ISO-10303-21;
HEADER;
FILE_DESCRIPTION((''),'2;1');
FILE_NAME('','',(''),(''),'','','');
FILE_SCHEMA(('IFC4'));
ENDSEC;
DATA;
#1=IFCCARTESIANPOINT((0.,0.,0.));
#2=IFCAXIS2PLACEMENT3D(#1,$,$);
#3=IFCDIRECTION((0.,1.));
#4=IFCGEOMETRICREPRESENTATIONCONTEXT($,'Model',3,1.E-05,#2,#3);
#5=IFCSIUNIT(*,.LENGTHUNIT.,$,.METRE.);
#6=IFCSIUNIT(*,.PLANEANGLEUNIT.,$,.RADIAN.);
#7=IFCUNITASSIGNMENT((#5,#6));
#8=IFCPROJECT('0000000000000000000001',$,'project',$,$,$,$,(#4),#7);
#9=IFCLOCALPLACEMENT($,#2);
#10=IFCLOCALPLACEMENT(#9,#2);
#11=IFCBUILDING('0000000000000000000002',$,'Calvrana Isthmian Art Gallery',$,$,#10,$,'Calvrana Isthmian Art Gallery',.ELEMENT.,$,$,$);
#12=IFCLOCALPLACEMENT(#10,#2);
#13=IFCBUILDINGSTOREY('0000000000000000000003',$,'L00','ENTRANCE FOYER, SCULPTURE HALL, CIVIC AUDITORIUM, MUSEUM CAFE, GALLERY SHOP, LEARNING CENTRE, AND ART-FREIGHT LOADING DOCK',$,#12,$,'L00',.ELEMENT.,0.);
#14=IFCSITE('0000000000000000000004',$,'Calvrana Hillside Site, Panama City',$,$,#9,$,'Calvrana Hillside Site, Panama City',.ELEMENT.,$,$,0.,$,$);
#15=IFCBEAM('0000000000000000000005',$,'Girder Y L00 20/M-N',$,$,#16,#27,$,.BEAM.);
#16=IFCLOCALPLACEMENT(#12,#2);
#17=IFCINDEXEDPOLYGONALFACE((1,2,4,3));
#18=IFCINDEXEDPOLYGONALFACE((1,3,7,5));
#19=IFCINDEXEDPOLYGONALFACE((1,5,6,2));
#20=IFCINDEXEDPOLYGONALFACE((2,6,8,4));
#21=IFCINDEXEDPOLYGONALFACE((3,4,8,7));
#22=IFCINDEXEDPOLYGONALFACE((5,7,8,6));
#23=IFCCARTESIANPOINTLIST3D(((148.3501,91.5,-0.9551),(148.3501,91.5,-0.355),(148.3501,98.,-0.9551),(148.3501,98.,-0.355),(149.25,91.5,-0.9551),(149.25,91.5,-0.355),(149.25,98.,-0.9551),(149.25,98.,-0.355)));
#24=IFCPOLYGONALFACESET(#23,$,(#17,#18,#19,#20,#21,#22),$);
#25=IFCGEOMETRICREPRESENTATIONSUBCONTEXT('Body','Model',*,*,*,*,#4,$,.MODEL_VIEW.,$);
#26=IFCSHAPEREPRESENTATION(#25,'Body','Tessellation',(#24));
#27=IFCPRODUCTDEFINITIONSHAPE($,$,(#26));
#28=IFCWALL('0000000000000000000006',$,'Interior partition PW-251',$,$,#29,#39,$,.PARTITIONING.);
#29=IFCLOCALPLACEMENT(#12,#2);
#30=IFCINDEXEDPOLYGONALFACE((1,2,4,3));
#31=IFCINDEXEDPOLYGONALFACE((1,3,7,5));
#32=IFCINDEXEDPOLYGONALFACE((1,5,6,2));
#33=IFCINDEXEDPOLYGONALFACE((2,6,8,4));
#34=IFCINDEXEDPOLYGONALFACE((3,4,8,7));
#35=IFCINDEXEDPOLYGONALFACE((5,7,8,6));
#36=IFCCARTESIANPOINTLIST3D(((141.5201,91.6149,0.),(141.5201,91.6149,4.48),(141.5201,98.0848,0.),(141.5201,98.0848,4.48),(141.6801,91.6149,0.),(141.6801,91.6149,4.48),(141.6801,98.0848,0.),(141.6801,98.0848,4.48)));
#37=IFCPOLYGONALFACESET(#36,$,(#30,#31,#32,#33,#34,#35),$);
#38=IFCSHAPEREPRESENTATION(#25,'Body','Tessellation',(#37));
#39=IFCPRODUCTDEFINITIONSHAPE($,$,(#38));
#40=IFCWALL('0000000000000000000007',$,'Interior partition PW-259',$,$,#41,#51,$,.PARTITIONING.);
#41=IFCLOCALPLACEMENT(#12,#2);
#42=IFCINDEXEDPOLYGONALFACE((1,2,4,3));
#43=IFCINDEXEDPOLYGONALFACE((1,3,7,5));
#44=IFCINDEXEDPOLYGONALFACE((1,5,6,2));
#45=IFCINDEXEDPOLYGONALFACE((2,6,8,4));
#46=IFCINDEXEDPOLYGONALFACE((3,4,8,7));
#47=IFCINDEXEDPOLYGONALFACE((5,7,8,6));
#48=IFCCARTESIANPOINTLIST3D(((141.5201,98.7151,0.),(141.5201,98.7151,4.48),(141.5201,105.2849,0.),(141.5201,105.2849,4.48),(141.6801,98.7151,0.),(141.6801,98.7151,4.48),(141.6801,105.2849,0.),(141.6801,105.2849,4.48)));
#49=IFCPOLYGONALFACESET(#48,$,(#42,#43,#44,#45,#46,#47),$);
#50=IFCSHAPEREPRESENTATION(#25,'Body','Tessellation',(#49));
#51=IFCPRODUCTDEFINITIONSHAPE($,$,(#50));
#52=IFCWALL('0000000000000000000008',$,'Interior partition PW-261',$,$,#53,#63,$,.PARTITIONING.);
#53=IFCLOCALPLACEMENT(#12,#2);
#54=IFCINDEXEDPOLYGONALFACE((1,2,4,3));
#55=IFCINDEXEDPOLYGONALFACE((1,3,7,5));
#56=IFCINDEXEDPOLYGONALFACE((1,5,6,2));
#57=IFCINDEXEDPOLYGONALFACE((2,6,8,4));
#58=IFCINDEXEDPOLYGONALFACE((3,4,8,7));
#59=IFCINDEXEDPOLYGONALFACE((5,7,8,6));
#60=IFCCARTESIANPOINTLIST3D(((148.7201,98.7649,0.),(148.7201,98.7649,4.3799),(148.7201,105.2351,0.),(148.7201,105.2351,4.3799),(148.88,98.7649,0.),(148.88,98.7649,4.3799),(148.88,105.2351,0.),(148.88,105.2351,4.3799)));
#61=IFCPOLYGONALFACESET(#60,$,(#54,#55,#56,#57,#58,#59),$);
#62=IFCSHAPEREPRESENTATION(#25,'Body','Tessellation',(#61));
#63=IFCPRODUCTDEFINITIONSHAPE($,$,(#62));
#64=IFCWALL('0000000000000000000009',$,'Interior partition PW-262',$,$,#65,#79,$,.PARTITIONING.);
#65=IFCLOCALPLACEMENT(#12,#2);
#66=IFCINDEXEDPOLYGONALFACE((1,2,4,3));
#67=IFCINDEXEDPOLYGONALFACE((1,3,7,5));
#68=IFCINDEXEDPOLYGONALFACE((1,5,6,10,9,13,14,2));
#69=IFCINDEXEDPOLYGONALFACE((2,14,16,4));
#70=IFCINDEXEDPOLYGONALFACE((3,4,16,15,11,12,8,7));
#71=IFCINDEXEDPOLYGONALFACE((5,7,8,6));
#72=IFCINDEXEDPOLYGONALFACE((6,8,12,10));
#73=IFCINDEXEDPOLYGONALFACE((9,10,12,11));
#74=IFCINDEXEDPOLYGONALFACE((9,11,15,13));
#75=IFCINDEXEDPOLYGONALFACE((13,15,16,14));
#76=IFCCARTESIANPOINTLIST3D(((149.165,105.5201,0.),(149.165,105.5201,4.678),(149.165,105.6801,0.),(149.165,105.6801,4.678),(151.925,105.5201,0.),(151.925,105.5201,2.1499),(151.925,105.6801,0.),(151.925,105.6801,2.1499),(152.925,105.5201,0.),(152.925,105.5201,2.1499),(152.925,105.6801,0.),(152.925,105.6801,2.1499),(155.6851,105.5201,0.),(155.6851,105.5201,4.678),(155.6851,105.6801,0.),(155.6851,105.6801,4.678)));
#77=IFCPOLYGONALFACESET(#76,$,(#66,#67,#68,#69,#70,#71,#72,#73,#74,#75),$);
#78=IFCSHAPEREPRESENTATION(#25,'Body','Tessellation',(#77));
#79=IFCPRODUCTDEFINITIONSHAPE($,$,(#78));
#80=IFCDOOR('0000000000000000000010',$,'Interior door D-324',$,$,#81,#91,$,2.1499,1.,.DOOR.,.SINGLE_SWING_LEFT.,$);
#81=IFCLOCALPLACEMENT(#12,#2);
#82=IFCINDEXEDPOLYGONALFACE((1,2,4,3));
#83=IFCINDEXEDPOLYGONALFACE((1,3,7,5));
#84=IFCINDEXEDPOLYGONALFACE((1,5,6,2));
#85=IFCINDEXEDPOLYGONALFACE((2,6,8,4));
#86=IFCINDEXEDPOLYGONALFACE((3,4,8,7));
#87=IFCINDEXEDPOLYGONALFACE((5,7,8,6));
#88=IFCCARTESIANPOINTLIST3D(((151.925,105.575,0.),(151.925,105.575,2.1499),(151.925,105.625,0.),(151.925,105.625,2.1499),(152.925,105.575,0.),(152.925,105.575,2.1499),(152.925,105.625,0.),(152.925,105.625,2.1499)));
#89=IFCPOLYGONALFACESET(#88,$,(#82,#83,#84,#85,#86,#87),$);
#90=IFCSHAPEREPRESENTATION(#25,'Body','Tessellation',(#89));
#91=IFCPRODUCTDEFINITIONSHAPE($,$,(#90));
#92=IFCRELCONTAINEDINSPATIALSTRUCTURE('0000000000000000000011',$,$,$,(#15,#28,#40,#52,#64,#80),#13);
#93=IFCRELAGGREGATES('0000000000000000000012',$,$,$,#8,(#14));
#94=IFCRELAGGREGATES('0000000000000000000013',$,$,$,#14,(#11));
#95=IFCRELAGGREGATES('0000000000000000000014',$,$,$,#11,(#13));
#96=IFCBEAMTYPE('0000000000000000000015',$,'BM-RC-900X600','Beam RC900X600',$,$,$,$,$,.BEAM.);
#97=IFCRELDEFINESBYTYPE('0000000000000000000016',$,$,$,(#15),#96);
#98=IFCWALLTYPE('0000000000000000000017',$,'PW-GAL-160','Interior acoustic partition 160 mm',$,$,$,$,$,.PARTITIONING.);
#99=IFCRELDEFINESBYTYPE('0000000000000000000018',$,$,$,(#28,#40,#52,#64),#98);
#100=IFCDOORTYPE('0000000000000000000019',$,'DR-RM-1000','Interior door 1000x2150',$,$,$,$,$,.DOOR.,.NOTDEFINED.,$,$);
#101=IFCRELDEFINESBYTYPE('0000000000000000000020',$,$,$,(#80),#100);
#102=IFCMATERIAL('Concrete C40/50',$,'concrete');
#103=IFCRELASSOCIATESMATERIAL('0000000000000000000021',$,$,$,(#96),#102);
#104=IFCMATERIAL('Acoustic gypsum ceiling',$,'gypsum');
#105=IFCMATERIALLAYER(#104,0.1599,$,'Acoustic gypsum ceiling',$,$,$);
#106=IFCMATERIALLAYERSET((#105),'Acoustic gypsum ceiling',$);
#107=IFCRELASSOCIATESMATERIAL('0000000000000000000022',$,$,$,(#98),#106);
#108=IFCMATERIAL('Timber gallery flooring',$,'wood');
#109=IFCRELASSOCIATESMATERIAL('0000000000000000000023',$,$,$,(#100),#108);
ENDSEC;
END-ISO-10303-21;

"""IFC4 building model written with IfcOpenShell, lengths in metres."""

from ifc_helpers import new_model, si_unit, direction, frame, frame_2d, origin, origin_2d, place, context, subcontext, project, spatial, rectangle, extrude, material, layer, layer_set, material_profile, profile_set, type_object, element, fill, save


model = new_model("IFC4")

# Units and contexts
model_context = context("Model", 3, precision=1e-05, world=origin(), true_north=direction((0.0, 1.0)))
body_context = subcontext(model_context, "Body", "Model", "MODEL_VIEW")
ifc_project = project(units=[si_unit("LENGTHUNIT", "METRE"), si_unit("PLANEANGLEUNIT", "RADIAN")], contexts=[model_context])

# Site, building, storey
site_placement = place(None, origin())
site = spatial("IfcSite", under=ifc_project, at=site_placement, Name="Calvrana Hillside Site, Panama City", LongName="Calvrana Hillside Site, Panama City", CompositionType="ELEMENT", RefElevation=0.0)
building_placement = place(site_placement, origin())
building = spatial("IfcBuilding", under=site, at=building_placement, Name="Calvrana Isthmian Art Gallery", LongName="Calvrana Isthmian Art Gallery", CompositionType="ELEMENT")
storey_placement = place(building_placement, origin())
storey = spatial("IfcBuildingStorey", under=building, at=storey_placement, Name="L00", Description="ENTRANCE FOYER, SCULPTURE HALL, CIVIC AUDITORIUM, MUSEUM CAFE, GALLERY SHOP, LEARNING CENTRE, AND ART-FREIGHT LOADING DOCK", LongName="L00", CompositionType="ELEMENT", Elevation=0.0)

# Shared definitions
ifc_material_1 = material(Name="Concrete C40/50", Category="concrete")

# Beam
ifc_material_profile_1 = material_profile(ifc_material_1, rectangle(XDim=0.8999, YDim=0.6001, at=origin_2d()), Name="RC900X600")
ifc_profile_set_1 = profile_set([ifc_material_profile_1], Name="Concrete C40/50")
beam_type_1 = type_object("IfcBeamType", Name="BM-RC-900X600", Description="Beam RC900X600", PredefinedType="BEAM", material=ifc_profile_set_1)
beam_1_placement = place(storey_placement, frame((148.8, 91.5, -0.655), z_axis=(0.0, 1.0, 0.0), x_axis=(-1.0, 0.0, 0.0)))
element("IfcBeam", 1, at=beam_1_placement, inside=storey, type_object=beam_type_1, Name="Girder Y L00 20/M-N", PredefinedType="BEAM", context=body_context, shape_type="SweptSolid", body=[
    extrude(rectangle(XDim=0.8999, YDim=0.6001, at=origin_2d()), origin(), (0.0, 0.0, 1.0), 6.5),
])

# Shared definitions
ifc_material_2 = material(Name="Acoustic gypsum ceiling", Category="gypsum")

# Walls
ifc_layer_1 = layer(ifc_material_2, 0.1599, Name="Acoustic gypsum ceiling")
ifc_layer_set_1 = layer_set([ifc_layer_1], Name="Acoustic gypsum ceiling")
wall_type_1 = type_object("IfcWallType", Name="PW-GAL-160", Description="Interior acoustic partition 160 mm", PredefinedType="PARTITIONING", material=ifc_layer_set_1)
wall_1_placement = place(storey_placement, frame((141.6001, 91.615, 0.0), z_axis=(0.0, 0.0, 1.0), x_axis=(0.0, 1.0, 0.0)))
element("IfcWall", 2, at=wall_1_placement, inside=storey, type_object=wall_type_1, Name="Interior partition PW-251", PredefinedType="PARTITIONING", context=body_context, shape_type="SweptSolid", body=[
    extrude(rectangle(XDim=6.47, YDim=0.1599, at=frame_2d((3.2349, 0.0))), origin(), (0.0, 0.0, 1.0), 4.48),
])
wall_2_placement = place(storey_placement, frame((141.6001, 98.7151, 0.0), z_axis=(0.0, 0.0, 1.0), x_axis=(0.0, 1.0, 0.0)))
element("IfcWall", 3, at=wall_2_placement, inside=storey, type_object=wall_type_1, Name="Interior partition PW-259", PredefinedType="PARTITIONING", context=body_context, shape_type="SweptSolid", body=[
    extrude(rectangle(XDim=6.5698, YDim=0.1599, at=frame_2d((3.2849, 0.0))), origin(), (0.0, 0.0, 1.0), 4.48),
])
wall_3_placement = place(storey_placement, frame((148.8, 98.7649, 0.0), z_axis=(0.0, 0.0, 1.0), x_axis=(0.0, 1.0, 0.0)))
element("IfcWall", 4, at=wall_3_placement, inside=storey, type_object=wall_type_1, Name="Interior partition PW-261", PredefinedType="PARTITIONING", context=body_context, shape_type="SweptSolid", body=[
    extrude(rectangle(XDim=6.4702, YDim=0.1599, at=frame_2d((3.2351, 0.0))), origin(), (0.0, 0.0, 1.0), 4.3799),
])

# Wall, opening, door
wall_4_placement = place(storey_placement, frame((149.165, 105.6001, 0.0), z_axis=(0.0, 0.0, 1.0), x_axis=(1.0, 0.0, 0.0)))
wall_4 = element("IfcWall", 5, at=wall_4_placement, inside=storey, type_object=wall_type_1, Name="Interior partition PW-262", PredefinedType="PARTITIONING", context=body_context, shape_type="SweptSolid", body=[
    extrude(rectangle(XDim=6.52, YDim=0.1599, at=frame_2d((3.26, 0.0))), origin(), (0.0, 0.0, 1.0), 4.678),
])
opening_1_placement = place(wall_4_placement, frame((2.76, 0.0, 0.0)))
opening_1 = element("IfcOpeningElement", 6, at=opening_1_placement, cuts=wall_4, PredefinedType="OPENING", context=body_context, shape_type="SweptSolid", body=[
    extrude(rectangle(XDim=1.0, YDim=2.1499, at=frame_2d((0.5, 1.075))), frame((0.0, 0.0903, 0.0), z_axis=(0.0, -1.0, 0.0), x_axis=(1.0, 0.0, 0.0)), (0.0, 0.0, 1.0), 0.1804),
])
ifc_material_3 = material(Name="Timber gallery flooring", Category="wood")
door_type_1 = type_object("IfcDoorType", Name="DR-RM-1000", Description="Interior door 1000x2150", OperationType="NOTDEFINED", PredefinedType="DOOR", material=ifc_material_3)
door_1_placement = place(opening_1_placement, origin())
door_1 = element("IfcDoor", 7, at=door_1_placement, inside=storey, type_object=door_type_1, Name="Interior door D-324", OperationType="SINGLE_SWING_LEFT", OverallHeight=2.1499, OverallWidth=1.0, PredefinedType="DOOR", context=body_context, shape_type="SweptSolid", body=[
    extrude(rectangle(XDim=1.0, YDim=2.1499, at=frame_2d((0.5, 1.075))), frame((0.0, 0.0249, 0.0), z_axis=(0.0, -1.0, 0.0), x_axis=(1.0, 0.0, 0.0)), (0.0, 0.0, 1.0), 0.05),
])
fill(opening_1, door_1)

save(model, "model.ifc")
